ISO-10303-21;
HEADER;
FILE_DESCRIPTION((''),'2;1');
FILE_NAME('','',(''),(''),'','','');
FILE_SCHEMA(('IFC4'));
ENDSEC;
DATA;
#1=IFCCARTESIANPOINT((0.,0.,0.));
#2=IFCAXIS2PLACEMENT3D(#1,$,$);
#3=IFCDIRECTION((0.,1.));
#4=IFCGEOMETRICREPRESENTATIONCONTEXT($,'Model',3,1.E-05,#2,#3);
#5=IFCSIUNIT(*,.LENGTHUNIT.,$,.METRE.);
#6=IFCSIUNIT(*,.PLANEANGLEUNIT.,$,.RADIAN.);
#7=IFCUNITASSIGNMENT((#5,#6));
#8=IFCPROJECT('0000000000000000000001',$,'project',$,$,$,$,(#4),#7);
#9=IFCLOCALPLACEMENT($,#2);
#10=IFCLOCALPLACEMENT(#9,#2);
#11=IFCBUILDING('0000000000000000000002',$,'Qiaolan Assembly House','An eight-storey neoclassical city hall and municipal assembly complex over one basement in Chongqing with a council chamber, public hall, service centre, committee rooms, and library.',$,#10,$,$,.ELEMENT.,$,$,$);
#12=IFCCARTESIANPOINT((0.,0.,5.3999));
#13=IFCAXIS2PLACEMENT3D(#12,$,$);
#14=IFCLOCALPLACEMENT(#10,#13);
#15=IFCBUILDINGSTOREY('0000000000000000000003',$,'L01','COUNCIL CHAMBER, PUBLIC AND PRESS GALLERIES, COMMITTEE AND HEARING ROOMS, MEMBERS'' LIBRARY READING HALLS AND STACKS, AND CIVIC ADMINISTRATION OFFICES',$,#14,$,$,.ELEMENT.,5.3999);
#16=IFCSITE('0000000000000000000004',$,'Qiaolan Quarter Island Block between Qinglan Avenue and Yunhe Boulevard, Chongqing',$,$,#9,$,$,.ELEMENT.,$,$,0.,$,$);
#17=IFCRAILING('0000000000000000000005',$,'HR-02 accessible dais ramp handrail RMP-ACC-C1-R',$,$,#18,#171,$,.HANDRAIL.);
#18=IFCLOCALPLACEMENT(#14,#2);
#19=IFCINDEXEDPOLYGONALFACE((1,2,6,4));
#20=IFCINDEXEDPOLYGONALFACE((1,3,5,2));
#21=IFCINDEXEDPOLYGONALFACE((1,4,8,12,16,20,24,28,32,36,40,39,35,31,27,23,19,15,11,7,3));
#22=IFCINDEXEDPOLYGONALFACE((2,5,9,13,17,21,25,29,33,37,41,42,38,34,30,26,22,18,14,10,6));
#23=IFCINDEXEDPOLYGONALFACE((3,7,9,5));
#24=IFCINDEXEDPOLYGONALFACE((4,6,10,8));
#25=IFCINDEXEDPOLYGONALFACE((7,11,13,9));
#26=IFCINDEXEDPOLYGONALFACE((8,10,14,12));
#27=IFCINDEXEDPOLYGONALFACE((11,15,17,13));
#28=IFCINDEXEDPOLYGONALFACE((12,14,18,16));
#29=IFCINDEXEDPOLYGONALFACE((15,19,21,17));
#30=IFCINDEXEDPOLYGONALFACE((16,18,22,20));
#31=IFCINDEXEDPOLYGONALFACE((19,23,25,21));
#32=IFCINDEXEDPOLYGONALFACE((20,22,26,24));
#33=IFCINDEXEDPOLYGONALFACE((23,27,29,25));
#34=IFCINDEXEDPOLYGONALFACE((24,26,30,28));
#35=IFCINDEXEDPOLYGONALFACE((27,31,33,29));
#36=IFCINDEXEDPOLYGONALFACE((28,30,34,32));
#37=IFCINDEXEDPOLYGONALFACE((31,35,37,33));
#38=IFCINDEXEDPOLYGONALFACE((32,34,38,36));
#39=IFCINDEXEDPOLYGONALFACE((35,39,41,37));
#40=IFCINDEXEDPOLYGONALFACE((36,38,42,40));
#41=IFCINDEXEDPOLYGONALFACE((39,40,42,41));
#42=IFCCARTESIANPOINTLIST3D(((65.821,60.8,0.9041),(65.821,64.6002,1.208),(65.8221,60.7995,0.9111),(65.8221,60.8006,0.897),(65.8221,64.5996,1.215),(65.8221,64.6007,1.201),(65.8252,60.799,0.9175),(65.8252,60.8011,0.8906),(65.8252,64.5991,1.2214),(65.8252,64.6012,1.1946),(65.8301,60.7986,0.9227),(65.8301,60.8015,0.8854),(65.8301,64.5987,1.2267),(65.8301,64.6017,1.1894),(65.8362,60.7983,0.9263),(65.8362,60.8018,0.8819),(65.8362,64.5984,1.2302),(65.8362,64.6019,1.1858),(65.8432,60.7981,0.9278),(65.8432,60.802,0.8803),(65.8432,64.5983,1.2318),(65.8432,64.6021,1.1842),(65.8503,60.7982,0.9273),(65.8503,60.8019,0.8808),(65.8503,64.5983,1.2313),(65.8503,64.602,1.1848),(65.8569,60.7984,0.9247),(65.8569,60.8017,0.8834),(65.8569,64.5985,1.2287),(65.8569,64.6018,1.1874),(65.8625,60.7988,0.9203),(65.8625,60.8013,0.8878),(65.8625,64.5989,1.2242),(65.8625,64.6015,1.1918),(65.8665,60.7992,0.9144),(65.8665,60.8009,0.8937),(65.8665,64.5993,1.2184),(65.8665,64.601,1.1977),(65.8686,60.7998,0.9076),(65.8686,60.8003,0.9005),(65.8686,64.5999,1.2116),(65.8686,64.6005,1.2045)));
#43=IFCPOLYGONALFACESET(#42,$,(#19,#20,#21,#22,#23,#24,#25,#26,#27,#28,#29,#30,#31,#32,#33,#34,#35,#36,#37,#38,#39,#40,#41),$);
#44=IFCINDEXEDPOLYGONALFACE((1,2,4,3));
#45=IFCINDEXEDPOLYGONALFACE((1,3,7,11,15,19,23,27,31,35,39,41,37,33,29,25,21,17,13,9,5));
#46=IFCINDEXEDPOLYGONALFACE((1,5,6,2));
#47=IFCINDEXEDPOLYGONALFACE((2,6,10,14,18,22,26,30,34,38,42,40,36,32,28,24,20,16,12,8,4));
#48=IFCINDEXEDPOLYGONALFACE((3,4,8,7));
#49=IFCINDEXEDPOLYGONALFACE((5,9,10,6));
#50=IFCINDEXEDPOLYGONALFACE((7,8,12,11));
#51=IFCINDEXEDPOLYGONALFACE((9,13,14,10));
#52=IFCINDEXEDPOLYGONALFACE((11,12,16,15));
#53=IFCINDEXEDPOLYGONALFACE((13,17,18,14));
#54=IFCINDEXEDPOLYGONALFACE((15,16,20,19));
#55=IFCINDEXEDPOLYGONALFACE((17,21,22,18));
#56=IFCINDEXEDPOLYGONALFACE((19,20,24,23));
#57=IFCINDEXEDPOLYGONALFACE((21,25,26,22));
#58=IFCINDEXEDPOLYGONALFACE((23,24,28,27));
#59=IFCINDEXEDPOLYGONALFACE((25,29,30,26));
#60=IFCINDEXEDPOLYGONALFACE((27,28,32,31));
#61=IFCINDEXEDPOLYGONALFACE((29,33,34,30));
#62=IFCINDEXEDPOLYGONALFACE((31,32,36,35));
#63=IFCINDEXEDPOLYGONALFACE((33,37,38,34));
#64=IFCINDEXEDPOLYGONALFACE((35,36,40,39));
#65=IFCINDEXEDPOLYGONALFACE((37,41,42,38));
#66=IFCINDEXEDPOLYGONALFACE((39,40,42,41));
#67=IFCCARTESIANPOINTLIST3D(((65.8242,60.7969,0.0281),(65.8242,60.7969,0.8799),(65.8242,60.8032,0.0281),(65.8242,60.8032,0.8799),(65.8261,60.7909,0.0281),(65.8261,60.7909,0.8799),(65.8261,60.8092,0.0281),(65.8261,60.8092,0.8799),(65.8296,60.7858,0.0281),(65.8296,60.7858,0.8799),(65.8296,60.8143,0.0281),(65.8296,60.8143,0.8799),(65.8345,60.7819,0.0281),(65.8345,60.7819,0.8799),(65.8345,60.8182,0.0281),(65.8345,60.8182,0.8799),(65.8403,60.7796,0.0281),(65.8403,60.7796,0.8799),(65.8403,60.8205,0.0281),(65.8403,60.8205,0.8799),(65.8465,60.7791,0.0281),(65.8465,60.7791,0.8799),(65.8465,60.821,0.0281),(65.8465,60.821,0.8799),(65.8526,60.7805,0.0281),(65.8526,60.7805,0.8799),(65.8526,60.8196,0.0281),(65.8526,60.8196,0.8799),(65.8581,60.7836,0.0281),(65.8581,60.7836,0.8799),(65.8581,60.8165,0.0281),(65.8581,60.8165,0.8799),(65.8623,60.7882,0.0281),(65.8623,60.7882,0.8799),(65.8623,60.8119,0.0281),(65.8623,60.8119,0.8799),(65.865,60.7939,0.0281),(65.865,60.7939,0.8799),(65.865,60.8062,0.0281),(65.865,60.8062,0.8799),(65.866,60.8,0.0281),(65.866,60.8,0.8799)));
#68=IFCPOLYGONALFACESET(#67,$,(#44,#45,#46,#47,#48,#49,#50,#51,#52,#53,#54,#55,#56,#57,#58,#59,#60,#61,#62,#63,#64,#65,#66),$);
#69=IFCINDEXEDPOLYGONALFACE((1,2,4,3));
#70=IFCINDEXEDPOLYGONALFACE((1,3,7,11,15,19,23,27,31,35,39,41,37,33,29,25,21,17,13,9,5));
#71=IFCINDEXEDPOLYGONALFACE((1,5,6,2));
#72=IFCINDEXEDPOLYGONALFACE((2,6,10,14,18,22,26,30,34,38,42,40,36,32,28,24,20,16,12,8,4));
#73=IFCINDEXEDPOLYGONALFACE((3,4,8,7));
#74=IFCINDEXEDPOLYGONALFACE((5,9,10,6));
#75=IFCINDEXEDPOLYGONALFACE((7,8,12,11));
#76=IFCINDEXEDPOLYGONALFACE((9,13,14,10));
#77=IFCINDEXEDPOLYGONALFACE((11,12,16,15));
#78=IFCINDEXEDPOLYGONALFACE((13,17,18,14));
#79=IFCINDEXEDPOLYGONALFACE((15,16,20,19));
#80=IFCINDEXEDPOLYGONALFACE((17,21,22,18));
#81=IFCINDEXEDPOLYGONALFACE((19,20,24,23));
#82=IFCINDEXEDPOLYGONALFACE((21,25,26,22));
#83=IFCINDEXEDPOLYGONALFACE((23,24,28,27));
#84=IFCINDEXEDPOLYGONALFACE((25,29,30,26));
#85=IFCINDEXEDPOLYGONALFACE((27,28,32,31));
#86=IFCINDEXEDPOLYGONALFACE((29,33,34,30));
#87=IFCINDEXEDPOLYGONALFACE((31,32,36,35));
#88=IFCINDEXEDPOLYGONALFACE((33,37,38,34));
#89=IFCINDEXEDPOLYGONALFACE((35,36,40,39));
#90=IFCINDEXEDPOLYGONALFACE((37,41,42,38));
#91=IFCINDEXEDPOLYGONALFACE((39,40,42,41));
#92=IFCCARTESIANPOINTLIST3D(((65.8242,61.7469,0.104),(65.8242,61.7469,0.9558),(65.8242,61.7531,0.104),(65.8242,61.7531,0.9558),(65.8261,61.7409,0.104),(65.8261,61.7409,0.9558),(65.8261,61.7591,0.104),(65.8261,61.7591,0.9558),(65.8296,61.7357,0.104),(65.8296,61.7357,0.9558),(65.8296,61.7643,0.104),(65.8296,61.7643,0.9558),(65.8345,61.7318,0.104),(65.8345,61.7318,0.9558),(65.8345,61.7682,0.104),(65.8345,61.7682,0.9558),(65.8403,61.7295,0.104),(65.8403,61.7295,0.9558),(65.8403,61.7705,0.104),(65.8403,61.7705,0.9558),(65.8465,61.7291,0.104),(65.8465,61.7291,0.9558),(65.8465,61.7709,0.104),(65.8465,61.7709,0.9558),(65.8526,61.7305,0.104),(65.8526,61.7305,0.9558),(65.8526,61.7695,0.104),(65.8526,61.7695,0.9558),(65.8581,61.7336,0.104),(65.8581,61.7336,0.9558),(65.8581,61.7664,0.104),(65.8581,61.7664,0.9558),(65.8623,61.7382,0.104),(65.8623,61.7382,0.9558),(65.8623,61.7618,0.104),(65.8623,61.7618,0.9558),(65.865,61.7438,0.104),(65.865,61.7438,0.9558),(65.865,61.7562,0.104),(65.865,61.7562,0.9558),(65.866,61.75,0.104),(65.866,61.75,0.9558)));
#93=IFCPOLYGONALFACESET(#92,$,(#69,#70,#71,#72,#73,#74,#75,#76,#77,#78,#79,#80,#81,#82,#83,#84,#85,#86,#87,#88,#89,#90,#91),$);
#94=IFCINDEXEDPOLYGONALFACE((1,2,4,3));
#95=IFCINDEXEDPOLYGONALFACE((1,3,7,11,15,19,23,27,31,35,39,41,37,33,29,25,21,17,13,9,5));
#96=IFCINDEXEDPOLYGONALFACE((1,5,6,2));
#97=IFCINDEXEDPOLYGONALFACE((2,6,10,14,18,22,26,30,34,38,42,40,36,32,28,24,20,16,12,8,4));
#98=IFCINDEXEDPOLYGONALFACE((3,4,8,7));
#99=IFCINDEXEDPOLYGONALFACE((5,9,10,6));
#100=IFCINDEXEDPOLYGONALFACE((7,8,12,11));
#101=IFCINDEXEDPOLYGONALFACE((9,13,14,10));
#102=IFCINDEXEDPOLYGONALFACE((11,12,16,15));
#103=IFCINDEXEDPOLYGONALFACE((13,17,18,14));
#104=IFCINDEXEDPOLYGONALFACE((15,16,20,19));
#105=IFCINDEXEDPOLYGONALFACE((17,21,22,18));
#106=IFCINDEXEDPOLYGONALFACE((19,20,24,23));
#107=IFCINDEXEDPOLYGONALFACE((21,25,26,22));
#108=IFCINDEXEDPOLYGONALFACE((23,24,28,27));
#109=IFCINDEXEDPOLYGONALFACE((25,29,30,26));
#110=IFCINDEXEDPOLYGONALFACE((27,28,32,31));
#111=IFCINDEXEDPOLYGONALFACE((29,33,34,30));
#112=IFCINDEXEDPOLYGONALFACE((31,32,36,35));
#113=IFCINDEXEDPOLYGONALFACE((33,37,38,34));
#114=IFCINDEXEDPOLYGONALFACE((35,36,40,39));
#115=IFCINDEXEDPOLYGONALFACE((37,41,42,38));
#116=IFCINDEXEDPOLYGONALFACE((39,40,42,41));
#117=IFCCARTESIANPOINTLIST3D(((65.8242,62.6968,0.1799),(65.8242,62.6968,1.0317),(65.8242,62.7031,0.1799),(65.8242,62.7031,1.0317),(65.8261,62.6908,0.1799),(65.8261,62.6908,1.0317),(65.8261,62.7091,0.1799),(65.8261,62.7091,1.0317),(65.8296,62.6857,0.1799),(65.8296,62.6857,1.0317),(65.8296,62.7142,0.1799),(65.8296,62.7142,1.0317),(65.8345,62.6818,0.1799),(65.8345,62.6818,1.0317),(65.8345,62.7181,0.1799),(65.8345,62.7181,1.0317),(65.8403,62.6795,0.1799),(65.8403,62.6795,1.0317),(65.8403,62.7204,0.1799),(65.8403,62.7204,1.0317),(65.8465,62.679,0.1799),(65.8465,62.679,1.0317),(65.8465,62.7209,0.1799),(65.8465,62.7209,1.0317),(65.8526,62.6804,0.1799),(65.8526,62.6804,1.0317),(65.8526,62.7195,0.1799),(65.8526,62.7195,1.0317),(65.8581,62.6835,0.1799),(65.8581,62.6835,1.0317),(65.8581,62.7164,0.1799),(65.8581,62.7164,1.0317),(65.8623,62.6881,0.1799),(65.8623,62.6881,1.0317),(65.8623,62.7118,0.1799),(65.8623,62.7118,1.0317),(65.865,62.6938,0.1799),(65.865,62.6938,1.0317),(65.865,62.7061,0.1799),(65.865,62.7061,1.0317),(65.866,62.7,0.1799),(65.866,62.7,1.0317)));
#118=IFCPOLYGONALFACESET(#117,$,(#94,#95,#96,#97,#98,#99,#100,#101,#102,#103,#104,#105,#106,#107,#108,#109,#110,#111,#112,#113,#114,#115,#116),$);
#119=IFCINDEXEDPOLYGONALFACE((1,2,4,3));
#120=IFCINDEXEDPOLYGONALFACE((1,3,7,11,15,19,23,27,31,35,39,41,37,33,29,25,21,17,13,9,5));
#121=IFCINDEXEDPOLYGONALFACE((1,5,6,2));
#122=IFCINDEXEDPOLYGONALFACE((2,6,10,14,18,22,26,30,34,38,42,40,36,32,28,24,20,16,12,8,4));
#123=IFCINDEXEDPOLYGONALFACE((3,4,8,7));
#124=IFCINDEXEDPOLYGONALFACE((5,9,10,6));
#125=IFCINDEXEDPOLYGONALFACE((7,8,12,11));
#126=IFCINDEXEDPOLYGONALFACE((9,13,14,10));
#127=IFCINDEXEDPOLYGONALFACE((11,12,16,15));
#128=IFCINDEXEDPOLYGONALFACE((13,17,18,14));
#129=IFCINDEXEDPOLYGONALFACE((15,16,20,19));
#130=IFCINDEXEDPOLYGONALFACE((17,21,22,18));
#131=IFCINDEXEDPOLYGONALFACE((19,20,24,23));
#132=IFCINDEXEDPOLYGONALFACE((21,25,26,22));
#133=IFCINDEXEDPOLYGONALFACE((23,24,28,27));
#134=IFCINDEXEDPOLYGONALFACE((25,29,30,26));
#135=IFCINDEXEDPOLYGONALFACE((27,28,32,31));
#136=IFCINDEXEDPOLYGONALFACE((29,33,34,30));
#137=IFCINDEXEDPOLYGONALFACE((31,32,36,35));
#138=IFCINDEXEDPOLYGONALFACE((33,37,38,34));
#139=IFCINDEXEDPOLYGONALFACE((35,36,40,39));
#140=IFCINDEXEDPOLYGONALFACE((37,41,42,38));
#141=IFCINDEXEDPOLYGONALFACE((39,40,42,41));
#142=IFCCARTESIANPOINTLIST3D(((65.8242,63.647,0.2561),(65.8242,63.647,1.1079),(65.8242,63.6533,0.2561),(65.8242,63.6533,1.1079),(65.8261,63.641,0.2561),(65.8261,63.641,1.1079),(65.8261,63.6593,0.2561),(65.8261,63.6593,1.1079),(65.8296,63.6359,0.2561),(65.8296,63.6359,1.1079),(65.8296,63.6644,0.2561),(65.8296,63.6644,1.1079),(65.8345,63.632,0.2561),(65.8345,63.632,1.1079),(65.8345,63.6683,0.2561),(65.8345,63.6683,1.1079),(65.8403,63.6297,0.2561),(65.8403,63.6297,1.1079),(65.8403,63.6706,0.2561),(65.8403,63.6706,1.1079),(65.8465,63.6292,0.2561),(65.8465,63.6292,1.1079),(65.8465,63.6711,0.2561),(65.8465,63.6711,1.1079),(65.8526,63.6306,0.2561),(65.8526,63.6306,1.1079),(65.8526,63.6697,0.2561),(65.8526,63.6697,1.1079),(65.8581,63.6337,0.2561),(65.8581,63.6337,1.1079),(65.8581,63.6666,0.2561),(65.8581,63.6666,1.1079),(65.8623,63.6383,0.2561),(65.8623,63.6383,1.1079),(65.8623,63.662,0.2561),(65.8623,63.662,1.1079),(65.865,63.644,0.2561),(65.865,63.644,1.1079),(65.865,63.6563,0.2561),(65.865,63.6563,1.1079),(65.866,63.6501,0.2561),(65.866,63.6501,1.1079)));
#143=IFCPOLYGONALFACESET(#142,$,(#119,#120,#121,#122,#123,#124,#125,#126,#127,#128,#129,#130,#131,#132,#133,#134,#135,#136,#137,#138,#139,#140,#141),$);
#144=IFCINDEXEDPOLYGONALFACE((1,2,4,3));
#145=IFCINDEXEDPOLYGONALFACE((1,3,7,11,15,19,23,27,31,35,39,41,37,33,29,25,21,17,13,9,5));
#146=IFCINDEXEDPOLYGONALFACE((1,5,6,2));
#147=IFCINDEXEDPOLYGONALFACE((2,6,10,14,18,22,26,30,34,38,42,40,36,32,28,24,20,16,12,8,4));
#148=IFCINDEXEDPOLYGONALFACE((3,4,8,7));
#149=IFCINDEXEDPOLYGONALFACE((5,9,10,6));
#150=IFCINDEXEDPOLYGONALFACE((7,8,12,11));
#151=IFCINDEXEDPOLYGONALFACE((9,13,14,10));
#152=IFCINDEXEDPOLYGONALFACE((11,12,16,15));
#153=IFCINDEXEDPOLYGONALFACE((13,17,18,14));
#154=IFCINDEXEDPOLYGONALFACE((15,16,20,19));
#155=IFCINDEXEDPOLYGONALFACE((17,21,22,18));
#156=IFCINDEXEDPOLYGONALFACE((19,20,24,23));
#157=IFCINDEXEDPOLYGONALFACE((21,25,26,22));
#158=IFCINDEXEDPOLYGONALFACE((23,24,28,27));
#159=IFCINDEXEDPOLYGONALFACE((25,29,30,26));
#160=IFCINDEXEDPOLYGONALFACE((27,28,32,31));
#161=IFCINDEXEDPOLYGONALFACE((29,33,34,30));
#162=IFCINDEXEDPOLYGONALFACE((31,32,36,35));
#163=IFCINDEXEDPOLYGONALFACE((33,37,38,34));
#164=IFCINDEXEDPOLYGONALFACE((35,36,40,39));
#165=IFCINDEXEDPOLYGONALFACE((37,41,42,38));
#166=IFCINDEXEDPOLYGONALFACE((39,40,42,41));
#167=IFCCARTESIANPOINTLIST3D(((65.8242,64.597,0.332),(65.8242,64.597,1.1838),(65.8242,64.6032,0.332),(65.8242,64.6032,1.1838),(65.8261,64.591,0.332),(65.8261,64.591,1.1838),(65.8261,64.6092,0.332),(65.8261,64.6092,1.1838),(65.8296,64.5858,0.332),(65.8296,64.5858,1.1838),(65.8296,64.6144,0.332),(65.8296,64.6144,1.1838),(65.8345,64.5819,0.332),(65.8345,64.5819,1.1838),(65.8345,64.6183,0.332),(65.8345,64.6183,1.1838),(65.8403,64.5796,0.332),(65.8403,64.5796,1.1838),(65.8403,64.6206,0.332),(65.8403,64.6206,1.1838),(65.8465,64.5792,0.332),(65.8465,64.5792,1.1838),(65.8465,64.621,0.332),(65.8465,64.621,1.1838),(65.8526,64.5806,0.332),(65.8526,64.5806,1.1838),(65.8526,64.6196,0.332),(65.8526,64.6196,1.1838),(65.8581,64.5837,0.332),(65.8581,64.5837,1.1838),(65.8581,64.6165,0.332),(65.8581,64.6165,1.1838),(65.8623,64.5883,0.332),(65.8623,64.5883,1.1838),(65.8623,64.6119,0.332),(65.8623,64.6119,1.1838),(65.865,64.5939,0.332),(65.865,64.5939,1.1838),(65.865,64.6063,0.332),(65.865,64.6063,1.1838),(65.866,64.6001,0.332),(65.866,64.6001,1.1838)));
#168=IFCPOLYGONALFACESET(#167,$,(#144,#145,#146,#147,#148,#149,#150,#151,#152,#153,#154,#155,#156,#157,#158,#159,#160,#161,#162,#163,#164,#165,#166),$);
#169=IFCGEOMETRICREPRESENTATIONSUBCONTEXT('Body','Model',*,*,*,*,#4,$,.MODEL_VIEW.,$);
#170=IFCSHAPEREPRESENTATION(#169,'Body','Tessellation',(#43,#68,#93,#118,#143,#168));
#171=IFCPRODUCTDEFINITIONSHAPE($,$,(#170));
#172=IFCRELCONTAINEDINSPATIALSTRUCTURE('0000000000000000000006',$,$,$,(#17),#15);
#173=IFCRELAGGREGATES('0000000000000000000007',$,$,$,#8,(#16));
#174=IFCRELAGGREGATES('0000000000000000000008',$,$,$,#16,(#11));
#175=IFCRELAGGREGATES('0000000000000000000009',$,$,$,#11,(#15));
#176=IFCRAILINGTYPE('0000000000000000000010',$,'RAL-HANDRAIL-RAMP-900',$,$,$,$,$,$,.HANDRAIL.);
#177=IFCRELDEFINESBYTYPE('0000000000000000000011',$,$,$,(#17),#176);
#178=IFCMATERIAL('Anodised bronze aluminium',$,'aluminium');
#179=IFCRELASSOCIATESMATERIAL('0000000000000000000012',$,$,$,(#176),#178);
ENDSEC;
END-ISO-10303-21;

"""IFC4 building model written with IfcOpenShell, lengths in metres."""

from ifc_helpers import new_model, si_unit, direction, frame, origin, origin_2d, place, context, subcontext, project, spatial, circle, extrude, material, type_object, element, save


model = new_model("IFC4")

# Units and contexts
model_context = context("Model", 3, precision=1e-05, world=origin(), true_north=direction((0.0, 1.0)))
body_context = subcontext(model_context, "Body", "Model", "MODEL_VIEW")
ifc_project = project(units=[si_unit("LENGTHUNIT", "METRE"), si_unit("PLANEANGLEUNIT", "RADIAN")], contexts=[model_context])

# Site, building, storey
site_placement = place(None, origin())
site = spatial("IfcSite", under=ifc_project, at=site_placement, Name="Qiaolan Quarter Island Block between Qinglan Avenue and Yunhe Boulevard, Chongqing", CompositionType="ELEMENT", RefElevation=0.0)
building_placement = place(site_placement, origin())
building = spatial("IfcBuilding", under=site, at=building_placement, Name="Qiaolan Assembly House", Description="An eight-storey neoclassical city hall and municipal assembly complex over one basement in Chongqing with a council chamber, public hall, service centre, committee rooms, and library.", CompositionType="ELEMENT")
storey_placement = place(building_placement, frame((0.0, 0.0, 5.3999)))
storey = spatial("IfcBuildingStorey", under=building, at=storey_placement, Name="L01", Description="COUNCIL CHAMBER, PUBLIC AND PRESS GALLERIES, COMMITTEE AND HEARING ROOMS, MEMBERS' LIBRARY READING HALLS AND STACKS, AND CIVIC ADMINISTRATION OFFICES", CompositionType="ELEMENT", Elevation=5.3999)

# Railing
ifc_material_1 = material(Name="Anodised bronze aluminium", Category="aluminium")
railing_type_1 = type_object("IfcRailingType", Name="RAL-HANDRAIL-RAMP-900", PredefinedType="HANDRAIL", material=ifc_material_1)
for number, where, name in (
    (1, (65.845, 60.8, 0.0281), "HR-02 accessible dais ramp handrail RMP-ACC-C1-R"),
):
    element("IfcRailing", number, at=place(storey_placement, frame(where)), inside=storey, type_object=railing_type_1, Name=name, PredefinedType="HANDRAIL", context=body_context, shape_type="SweptSolid", body=[
        extrude(circle(Radius=0.0239, at=origin_2d()), frame((0.0, 0.0, 0.876), z_axis=(0.0, 0.996816, 0.079732), x_axis=(-1.0, 0.0, 0.0)), (0.0, 0.0, 1.0), 3.8123),
        extrude(circle(Radius=0.021, at=origin_2d()), origin(), (0.0, 0.0, 1.0), 0.8518),
        extrude(circle(Radius=0.021, at=origin_2d()), frame((0.0, 0.95, 0.0759)), (0.0, 0.0, 1.0), 0.8518),
        extrude(circle(Radius=0.021, at=origin_2d()), frame((0.0, 1.8999, 0.1519)), (0.0, 0.0, 1.0), 0.8518),
        extrude(circle(Radius=0.021, at=origin_2d()), frame((0.0, 2.8501, 0.228)), (0.0, 0.0, 1.0), 0.8518),
        extrude(circle(Radius=0.021, at=origin_2d()), frame((0.0, 3.8, 0.304)), (0.0, 0.0, 1.0), 0.8518),
    ])

save(model, "model.ifc")
